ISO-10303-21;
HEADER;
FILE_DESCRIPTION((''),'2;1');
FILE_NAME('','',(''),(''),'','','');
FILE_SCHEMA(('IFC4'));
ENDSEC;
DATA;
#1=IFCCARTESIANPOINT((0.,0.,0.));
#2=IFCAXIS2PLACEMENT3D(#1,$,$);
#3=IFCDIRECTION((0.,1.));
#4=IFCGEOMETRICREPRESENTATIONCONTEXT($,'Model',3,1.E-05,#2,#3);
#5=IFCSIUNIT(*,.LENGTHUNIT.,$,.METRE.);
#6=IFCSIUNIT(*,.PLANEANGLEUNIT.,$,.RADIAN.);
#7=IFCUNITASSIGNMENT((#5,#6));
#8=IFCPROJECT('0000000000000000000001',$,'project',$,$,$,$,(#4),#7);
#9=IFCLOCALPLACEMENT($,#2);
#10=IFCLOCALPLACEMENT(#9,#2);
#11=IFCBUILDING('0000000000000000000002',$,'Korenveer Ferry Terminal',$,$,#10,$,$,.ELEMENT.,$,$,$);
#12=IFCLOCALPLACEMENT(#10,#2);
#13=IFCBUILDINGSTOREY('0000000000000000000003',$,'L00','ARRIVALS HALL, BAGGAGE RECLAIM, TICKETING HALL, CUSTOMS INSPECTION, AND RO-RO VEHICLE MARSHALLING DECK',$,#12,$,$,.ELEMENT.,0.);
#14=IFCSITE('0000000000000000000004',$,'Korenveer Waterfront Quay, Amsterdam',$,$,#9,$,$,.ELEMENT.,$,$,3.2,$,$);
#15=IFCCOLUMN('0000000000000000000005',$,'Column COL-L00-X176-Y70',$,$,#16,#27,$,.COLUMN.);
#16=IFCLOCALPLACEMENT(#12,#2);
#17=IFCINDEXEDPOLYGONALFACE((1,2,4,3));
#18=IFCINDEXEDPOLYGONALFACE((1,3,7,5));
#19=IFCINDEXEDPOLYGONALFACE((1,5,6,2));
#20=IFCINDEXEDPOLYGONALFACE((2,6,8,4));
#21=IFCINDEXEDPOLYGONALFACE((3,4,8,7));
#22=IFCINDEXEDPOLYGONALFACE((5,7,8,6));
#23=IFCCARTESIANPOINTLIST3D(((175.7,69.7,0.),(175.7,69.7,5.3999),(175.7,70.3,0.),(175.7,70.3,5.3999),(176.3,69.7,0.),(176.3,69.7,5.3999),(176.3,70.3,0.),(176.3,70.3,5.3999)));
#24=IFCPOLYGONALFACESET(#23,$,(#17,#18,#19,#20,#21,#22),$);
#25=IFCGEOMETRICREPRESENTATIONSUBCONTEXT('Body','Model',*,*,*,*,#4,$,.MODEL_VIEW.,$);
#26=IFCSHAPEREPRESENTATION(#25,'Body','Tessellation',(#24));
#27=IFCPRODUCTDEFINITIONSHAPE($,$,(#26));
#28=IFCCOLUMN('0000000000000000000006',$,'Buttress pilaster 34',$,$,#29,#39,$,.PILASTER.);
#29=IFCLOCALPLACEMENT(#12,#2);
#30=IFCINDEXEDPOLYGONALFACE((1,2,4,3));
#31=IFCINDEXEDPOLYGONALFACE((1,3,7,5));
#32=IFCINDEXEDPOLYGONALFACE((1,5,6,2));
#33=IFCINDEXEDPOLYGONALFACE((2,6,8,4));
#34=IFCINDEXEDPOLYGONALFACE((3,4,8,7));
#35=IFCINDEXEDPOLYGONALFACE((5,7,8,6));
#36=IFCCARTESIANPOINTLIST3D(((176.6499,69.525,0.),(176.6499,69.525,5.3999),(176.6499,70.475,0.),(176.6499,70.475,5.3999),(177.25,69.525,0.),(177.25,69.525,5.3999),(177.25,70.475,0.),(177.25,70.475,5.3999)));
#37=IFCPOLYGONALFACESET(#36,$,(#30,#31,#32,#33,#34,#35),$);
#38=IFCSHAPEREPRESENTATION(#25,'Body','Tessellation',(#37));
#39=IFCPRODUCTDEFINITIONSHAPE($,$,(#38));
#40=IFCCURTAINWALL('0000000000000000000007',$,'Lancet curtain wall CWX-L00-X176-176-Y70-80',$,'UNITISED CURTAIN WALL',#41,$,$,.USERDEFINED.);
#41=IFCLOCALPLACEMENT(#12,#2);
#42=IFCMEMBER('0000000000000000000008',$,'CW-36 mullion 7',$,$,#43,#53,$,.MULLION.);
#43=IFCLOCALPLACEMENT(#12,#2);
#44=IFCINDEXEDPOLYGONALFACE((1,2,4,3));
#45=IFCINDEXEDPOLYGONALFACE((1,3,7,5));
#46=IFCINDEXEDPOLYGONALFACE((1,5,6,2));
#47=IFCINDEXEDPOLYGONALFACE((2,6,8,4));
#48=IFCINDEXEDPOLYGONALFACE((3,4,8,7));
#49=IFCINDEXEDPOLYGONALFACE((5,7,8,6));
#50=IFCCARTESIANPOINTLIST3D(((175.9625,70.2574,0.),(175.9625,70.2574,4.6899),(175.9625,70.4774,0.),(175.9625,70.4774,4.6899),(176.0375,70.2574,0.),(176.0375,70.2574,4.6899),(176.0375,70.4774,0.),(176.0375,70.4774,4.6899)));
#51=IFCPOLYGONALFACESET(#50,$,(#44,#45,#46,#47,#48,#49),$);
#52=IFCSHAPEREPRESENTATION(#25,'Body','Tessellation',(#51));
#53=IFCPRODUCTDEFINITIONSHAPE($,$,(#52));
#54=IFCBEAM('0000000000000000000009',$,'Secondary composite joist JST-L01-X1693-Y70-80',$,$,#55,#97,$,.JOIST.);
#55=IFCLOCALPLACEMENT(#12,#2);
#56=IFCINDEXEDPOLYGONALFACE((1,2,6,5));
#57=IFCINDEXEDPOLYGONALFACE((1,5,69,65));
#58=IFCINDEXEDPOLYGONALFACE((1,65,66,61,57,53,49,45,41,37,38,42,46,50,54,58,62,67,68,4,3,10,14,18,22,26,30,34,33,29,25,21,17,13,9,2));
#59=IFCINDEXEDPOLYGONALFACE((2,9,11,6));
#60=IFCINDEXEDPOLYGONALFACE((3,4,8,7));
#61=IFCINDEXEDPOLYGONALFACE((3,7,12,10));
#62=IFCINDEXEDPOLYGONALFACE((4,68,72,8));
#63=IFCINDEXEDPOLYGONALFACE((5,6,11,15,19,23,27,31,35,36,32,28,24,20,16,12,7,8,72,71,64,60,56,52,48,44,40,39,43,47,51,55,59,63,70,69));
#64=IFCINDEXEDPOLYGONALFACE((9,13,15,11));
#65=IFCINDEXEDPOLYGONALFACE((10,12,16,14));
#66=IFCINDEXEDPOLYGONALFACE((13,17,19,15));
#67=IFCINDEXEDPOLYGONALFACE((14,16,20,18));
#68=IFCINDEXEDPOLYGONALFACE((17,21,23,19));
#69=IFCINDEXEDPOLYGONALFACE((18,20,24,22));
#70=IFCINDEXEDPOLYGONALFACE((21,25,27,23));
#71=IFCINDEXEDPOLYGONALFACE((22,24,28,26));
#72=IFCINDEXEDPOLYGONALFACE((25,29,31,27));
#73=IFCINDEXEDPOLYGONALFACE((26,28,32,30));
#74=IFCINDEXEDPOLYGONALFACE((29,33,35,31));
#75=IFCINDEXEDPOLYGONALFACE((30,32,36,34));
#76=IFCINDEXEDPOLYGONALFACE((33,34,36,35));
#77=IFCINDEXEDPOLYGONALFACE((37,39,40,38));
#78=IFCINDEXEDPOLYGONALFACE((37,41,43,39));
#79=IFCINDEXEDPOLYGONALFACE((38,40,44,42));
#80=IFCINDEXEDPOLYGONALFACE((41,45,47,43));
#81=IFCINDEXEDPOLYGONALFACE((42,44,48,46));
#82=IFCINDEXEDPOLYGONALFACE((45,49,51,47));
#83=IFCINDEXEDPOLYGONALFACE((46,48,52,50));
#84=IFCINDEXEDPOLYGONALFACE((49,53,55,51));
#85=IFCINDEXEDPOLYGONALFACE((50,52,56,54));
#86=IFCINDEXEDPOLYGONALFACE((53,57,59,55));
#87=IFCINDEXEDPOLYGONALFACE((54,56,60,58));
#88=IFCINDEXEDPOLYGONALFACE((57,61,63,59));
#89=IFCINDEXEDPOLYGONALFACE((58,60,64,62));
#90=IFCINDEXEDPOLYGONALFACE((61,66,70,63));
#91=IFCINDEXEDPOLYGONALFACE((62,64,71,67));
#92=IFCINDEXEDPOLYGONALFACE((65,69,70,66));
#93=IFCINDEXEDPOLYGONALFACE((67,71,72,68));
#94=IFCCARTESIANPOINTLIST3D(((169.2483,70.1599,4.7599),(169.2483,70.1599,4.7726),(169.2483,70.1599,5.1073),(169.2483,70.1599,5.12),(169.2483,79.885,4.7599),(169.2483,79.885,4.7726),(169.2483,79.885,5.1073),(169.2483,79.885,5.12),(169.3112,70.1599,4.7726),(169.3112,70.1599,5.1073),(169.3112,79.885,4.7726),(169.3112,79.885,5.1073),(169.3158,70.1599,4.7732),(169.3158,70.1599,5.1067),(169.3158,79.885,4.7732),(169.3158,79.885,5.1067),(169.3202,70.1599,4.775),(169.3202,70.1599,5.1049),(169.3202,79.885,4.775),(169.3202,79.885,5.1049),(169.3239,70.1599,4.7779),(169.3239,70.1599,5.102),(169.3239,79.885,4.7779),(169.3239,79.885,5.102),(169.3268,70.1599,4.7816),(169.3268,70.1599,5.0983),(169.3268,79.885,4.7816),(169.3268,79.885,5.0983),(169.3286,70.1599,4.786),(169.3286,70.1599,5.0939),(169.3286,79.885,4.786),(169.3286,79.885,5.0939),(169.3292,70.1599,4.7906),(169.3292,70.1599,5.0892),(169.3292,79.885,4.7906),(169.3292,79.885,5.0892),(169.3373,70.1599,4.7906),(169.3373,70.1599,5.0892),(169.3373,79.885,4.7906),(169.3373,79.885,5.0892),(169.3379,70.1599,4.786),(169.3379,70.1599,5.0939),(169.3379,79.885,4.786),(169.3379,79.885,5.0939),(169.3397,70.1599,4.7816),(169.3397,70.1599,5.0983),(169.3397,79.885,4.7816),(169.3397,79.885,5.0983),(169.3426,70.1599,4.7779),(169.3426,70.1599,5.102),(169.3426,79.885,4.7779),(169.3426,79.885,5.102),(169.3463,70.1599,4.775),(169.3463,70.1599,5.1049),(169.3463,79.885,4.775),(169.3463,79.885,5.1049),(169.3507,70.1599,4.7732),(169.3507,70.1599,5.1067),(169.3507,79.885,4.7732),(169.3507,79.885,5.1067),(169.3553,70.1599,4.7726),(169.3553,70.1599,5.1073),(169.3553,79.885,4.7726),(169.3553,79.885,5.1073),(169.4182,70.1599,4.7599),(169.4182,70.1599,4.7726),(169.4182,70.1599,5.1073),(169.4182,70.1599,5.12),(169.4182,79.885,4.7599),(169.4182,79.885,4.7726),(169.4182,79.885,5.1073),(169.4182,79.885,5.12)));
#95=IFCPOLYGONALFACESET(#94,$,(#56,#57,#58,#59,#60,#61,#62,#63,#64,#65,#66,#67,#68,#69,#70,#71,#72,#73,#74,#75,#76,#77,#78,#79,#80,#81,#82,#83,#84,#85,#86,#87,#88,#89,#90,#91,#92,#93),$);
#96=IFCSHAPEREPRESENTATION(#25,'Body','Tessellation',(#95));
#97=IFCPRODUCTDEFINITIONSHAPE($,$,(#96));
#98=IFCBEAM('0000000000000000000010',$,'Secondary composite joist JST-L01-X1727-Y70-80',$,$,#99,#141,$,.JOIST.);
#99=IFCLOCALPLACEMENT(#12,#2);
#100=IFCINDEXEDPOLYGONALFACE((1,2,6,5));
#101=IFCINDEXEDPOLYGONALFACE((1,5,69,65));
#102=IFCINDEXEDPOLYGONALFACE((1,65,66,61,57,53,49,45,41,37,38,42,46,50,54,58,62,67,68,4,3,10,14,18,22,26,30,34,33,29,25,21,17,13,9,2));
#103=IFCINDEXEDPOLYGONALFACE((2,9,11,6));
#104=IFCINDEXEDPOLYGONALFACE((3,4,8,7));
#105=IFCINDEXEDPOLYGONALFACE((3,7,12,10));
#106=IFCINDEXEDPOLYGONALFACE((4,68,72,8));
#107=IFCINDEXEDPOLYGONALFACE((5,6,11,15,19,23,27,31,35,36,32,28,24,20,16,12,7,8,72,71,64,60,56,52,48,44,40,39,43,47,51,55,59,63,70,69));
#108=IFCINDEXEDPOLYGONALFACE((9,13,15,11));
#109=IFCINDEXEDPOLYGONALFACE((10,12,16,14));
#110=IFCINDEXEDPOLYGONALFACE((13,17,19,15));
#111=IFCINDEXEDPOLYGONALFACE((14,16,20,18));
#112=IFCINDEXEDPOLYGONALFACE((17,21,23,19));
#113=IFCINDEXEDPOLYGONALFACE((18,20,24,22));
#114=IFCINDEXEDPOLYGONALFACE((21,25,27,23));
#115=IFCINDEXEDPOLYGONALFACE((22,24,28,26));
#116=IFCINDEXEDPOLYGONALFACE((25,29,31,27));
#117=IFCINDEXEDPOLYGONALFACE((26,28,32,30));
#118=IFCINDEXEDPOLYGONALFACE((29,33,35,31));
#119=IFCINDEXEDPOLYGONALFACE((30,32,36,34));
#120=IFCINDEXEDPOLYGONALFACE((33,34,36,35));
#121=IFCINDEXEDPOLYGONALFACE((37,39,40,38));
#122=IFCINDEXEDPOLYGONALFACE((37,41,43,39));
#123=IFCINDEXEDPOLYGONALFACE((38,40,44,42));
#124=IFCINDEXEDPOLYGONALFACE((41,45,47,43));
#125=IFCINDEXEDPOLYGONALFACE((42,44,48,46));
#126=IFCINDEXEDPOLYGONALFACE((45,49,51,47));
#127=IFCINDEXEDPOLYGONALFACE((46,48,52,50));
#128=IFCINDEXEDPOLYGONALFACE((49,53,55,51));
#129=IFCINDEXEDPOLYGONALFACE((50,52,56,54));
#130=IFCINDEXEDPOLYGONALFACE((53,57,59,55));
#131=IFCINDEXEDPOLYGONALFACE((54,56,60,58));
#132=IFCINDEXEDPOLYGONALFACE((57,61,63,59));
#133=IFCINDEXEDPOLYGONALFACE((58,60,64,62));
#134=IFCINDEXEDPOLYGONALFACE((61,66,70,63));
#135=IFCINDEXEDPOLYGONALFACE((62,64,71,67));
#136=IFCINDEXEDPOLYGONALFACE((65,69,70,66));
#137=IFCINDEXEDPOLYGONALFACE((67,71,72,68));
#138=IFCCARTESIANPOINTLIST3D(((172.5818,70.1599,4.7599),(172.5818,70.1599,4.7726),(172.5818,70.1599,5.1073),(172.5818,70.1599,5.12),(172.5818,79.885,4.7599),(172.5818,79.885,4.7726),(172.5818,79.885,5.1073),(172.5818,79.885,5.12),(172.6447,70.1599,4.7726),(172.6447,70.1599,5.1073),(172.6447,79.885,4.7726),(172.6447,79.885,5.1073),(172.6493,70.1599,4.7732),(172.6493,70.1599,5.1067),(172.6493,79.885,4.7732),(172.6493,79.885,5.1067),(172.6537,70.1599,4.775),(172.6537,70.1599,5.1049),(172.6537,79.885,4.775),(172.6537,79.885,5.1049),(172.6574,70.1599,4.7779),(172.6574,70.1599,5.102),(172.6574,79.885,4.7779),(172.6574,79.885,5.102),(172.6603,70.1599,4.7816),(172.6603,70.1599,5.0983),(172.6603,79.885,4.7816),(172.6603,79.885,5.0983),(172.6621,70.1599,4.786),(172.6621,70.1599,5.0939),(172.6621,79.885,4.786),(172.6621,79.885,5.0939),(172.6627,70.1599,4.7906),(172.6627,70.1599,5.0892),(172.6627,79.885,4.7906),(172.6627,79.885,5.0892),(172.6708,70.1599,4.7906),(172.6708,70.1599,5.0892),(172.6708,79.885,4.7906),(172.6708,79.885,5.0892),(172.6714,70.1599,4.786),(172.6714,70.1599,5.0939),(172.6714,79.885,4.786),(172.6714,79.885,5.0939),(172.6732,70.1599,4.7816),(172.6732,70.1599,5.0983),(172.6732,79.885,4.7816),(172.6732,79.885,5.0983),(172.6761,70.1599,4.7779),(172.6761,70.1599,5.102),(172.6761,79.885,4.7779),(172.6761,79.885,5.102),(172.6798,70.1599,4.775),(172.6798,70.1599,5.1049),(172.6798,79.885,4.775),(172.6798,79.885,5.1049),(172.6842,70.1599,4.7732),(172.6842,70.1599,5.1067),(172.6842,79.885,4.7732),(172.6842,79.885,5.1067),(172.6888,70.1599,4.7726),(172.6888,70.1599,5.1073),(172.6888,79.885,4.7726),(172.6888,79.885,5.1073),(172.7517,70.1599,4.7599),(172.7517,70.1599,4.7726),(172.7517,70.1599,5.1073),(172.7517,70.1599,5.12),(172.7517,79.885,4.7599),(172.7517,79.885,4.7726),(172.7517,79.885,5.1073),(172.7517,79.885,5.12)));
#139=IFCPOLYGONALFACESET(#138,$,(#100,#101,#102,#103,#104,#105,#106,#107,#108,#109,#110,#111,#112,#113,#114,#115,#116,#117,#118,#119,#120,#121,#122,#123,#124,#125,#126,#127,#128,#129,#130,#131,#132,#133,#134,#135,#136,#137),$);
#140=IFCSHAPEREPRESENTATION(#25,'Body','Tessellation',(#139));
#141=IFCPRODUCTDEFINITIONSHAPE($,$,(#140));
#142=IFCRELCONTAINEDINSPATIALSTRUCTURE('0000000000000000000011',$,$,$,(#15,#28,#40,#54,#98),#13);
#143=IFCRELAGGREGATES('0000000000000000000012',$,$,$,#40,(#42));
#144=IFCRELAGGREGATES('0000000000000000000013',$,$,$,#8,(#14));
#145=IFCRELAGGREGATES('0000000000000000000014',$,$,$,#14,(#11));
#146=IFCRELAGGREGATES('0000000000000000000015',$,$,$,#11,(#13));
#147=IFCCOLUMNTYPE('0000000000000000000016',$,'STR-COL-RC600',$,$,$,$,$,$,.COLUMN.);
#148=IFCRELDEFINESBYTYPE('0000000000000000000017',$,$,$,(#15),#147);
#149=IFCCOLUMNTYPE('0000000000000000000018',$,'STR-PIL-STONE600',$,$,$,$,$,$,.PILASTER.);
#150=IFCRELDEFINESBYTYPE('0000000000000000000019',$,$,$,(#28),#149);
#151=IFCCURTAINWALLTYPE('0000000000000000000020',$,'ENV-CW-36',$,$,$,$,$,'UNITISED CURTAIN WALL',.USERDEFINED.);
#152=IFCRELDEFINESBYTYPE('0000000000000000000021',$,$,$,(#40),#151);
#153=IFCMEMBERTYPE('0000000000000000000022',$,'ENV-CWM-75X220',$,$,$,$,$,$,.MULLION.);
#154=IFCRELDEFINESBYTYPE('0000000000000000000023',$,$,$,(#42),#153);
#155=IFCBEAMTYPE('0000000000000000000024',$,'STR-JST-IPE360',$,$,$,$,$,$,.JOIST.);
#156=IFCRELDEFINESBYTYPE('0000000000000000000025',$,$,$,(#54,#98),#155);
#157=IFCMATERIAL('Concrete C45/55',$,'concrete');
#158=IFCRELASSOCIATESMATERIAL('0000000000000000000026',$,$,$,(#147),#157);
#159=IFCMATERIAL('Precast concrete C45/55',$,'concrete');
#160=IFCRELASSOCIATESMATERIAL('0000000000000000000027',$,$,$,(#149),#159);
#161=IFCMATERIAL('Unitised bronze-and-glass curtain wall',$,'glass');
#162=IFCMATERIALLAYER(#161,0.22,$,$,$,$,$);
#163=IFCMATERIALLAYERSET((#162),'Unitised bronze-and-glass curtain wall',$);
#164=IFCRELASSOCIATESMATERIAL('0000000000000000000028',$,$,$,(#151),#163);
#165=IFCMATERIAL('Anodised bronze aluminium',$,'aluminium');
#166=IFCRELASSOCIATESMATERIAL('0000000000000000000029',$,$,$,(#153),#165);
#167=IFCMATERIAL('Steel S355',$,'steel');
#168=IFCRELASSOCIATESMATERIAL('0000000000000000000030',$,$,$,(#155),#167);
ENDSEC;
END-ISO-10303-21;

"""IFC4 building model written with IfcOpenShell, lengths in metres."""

from ifc_helpers import new_model, si_unit, direction, frame, origin, origin_2d, place, context, subcontext, project, spatial, rectangle, i_section, extrude, material, layer, layer_set, material_profile, profile_set, type_object, element, aggregate, save


model = new_model("IFC4")

# Units and contexts
model_context = context("Model", 3, precision=1e-05, world=origin(), true_north=direction((0.0, 1.0)))
body_context = subcontext(model_context, "Body", "Model", "MODEL_VIEW")
ifc_project = project(units=[si_unit("LENGTHUNIT", "METRE"), si_unit("PLANEANGLEUNIT", "RADIAN")], contexts=[model_context])

# Site, building, storey
site_placement = place(None, origin())
site = spatial("IfcSite", under=ifc_project, at=site_placement, Name="Korenveer Waterfront Quay, Amsterdam", CompositionType="ELEMENT", RefElevation=3.2)
building_placement = place(site_placement, origin())
building = spatial("IfcBuilding", under=site, at=building_placement, Name="Korenveer Ferry Terminal", CompositionType="ELEMENT")
storey_placement = place(building_placement, origin())
storey = spatial("IfcBuildingStorey", under=building, at=storey_placement, Name="L00", Description="ARRIVALS HALL, BAGGAGE RECLAIM, TICKETING HALL, CUSTOMS INSPECTION, AND RO-RO VEHICLE MARSHALLING DECK", CompositionType="ELEMENT", Elevation=0.0)

# Shared definitions
ifc_material_1 = material(Name="Concrete C45/55", Category="concrete")

# Columns
ifc_material_profile_1 = material_profile(ifc_material_1, rectangle(XDim=0.6001, YDim=0.6001, at=origin_2d()), Name="RC 600x600")
ifc_profile_set_1 = profile_set([ifc_material_profile_1], Name="Concrete C45/55")
column_type_1 = type_object("IfcColumnType", Name="STR-COL-RC600", PredefinedType="COLUMN", material=ifc_profile_set_1)
column_1_placement = place(storey_placement, frame((176.0, 70.0, 0.0), z_axis=(0.0, 0.0, 1.0), x_axis=(1.0, 0.0, 0.0)))
element("IfcColumn", 1, at=column_1_placement, inside=storey, type_object=column_type_1, Name="Column COL-L00-X176-Y70", PredefinedType="COLUMN", context=body_context, shape_type="SweptSolid", body=[
    extrude(rectangle(XDim=0.6001, YDim=0.6001, at=origin_2d()), origin(), (0.0, 0.0, 1.0), 5.3999),
])
ifc_material_2 = material(Name="Precast concrete C45/55", Category="concrete")
ifc_material_profile_2 = material_profile(ifc_material_2, rectangle(XDim=0.6001, YDim=0.95, at=origin_2d()), Name="RC 600x950")
ifc_profile_set_2 = profile_set([ifc_material_profile_2], Name="Precast concrete C45/55")
column_type_2 = type_object("IfcColumnType", Name="STR-PIL-STONE600", PredefinedType="PILASTER", material=ifc_profile_set_2)
column_2_placement = place(storey_placement, frame((176.95, 70.0, 0.0), z_axis=(0.0, 0.0, 1.0), x_axis=(1.0, 0.0, 0.0)))
element("IfcColumn", 2, at=column_2_placement, inside=storey, type_object=column_type_2, Name="Buttress pilaster 34", PredefinedType="PILASTER", context=body_context, shape_type="SweptSolid", body=[
    extrude(rectangle(XDim=0.6001, YDim=0.95, at=origin_2d()), origin(), (0.0, 0.0, 1.0), 5.3999),
])

# Curtain wall, member
ifc_material_3 = material(Name="Unitised bronze-and-glass curtain wall", Category="glass")
ifc_layer_1 = layer(ifc_material_3, 0.22)
ifc_layer_set_1 = layer_set([ifc_layer_1], Name="Unitised bronze-and-glass curtain wall")
curtain_wall_type = type_object("IfcCurtainWallType", Name="ENV-CW-36", ElementType="UNITISED CURTAIN WALL", PredefinedType="USERDEFINED", material=ifc_layer_set_1)
curtain_wall_placement = place(storey_placement, frame((176.0, 79.6699, 0.0)))
curtain_wall = element("IfcCurtainWall", 3, at=curtain_wall_placement, inside=storey, type_object=curtain_wall_type, Name="Lancet curtain wall CWX-L00-X176-176-Y70-80", ObjectType="UNITISED CURTAIN WALL", PredefinedType="USERDEFINED")
ifc_material_4 = material(Name="Anodised bronze aluminium", Category="aluminium")
ifc_material_profile_3 = material_profile(ifc_material_4, rectangle(XDim=0.075, YDim=0.22, at=origin_2d()), Name="ALU 75x220")
ifc_profile_set_3 = profile_set([ifc_material_profile_3], Name="Anodised bronze aluminium")
member_type = type_object("IfcMemberType", Name="ENV-CWM-75X220", PredefinedType="MULLION", material=ifc_profile_set_3)
member_placement = place(storey_placement, frame((176.0, 70.3674, 0.0), z_axis=(0.0, 0.0, 1.0), x_axis=(1.0, 0.0, 0.0)))
member = element("IfcMember", 4, at=member_placement, type_object=member_type, Name="CW-36 mullion 7", PredefinedType="MULLION", context=body_context, shape_type="SweptSolid", body=[
    extrude(rectangle(XDim=0.075, YDim=0.22, at=origin_2d()), origin(), (0.0, 0.0, 1.0), 4.6899),
])

# Beams
ifc_material_5 = material(Name="Steel S355", Category="steel")
ifc_material_profile_4 = material_profile(ifc_material_5, i_section(OverallWidth=0.1699, OverallDepth=0.3601, WebThickness=0.0081, FlangeThickness=0.0127, FilletRadius=0.0181, at=origin_2d()), Name="IPE 360")
ifc_profile_set_4 = profile_set([ifc_material_profile_4], Name="Steel S355")
beam_type_1 = type_object("IfcBeamType", Name="STR-JST-IPE360", PredefinedType="JOIST", material=ifc_profile_set_4)
for number, where, z_axis, x_axis, name in (
    (5, (169.3333, 70.1599, 4.9399), (0.0, 1.0, 0.0), (-1.0, 0.0, 0.0), "Secondary composite joist JST-L01-X1693-Y70-80"),
    (6, (172.6667, 70.1599, 4.9399), (0.0, 1.0, 0.0), (-1.0, 0.0, 0.0), "Secondary composite joist JST-L01-X1727-Y70-80"),
):
    element("IfcBeam", number, at=place(storey_placement, frame(where, z_axis=z_axis, x_axis=x_axis)), inside=storey, type_object=beam_type_1, Name=name, PredefinedType="JOIST", context=body_context, shape_type="SweptSolid", body=[
        extrude(i_section(OverallWidth=0.1699, OverallDepth=0.3601, WebThickness=0.0081, FlangeThickness=0.0127, FilletRadius=0.0181, at=origin_2d()), origin(), (0.0, 0.0, 1.0), 9.7251),
    ])

aggregate(curtain_wall, [member])

save(model, "model.ifc")
